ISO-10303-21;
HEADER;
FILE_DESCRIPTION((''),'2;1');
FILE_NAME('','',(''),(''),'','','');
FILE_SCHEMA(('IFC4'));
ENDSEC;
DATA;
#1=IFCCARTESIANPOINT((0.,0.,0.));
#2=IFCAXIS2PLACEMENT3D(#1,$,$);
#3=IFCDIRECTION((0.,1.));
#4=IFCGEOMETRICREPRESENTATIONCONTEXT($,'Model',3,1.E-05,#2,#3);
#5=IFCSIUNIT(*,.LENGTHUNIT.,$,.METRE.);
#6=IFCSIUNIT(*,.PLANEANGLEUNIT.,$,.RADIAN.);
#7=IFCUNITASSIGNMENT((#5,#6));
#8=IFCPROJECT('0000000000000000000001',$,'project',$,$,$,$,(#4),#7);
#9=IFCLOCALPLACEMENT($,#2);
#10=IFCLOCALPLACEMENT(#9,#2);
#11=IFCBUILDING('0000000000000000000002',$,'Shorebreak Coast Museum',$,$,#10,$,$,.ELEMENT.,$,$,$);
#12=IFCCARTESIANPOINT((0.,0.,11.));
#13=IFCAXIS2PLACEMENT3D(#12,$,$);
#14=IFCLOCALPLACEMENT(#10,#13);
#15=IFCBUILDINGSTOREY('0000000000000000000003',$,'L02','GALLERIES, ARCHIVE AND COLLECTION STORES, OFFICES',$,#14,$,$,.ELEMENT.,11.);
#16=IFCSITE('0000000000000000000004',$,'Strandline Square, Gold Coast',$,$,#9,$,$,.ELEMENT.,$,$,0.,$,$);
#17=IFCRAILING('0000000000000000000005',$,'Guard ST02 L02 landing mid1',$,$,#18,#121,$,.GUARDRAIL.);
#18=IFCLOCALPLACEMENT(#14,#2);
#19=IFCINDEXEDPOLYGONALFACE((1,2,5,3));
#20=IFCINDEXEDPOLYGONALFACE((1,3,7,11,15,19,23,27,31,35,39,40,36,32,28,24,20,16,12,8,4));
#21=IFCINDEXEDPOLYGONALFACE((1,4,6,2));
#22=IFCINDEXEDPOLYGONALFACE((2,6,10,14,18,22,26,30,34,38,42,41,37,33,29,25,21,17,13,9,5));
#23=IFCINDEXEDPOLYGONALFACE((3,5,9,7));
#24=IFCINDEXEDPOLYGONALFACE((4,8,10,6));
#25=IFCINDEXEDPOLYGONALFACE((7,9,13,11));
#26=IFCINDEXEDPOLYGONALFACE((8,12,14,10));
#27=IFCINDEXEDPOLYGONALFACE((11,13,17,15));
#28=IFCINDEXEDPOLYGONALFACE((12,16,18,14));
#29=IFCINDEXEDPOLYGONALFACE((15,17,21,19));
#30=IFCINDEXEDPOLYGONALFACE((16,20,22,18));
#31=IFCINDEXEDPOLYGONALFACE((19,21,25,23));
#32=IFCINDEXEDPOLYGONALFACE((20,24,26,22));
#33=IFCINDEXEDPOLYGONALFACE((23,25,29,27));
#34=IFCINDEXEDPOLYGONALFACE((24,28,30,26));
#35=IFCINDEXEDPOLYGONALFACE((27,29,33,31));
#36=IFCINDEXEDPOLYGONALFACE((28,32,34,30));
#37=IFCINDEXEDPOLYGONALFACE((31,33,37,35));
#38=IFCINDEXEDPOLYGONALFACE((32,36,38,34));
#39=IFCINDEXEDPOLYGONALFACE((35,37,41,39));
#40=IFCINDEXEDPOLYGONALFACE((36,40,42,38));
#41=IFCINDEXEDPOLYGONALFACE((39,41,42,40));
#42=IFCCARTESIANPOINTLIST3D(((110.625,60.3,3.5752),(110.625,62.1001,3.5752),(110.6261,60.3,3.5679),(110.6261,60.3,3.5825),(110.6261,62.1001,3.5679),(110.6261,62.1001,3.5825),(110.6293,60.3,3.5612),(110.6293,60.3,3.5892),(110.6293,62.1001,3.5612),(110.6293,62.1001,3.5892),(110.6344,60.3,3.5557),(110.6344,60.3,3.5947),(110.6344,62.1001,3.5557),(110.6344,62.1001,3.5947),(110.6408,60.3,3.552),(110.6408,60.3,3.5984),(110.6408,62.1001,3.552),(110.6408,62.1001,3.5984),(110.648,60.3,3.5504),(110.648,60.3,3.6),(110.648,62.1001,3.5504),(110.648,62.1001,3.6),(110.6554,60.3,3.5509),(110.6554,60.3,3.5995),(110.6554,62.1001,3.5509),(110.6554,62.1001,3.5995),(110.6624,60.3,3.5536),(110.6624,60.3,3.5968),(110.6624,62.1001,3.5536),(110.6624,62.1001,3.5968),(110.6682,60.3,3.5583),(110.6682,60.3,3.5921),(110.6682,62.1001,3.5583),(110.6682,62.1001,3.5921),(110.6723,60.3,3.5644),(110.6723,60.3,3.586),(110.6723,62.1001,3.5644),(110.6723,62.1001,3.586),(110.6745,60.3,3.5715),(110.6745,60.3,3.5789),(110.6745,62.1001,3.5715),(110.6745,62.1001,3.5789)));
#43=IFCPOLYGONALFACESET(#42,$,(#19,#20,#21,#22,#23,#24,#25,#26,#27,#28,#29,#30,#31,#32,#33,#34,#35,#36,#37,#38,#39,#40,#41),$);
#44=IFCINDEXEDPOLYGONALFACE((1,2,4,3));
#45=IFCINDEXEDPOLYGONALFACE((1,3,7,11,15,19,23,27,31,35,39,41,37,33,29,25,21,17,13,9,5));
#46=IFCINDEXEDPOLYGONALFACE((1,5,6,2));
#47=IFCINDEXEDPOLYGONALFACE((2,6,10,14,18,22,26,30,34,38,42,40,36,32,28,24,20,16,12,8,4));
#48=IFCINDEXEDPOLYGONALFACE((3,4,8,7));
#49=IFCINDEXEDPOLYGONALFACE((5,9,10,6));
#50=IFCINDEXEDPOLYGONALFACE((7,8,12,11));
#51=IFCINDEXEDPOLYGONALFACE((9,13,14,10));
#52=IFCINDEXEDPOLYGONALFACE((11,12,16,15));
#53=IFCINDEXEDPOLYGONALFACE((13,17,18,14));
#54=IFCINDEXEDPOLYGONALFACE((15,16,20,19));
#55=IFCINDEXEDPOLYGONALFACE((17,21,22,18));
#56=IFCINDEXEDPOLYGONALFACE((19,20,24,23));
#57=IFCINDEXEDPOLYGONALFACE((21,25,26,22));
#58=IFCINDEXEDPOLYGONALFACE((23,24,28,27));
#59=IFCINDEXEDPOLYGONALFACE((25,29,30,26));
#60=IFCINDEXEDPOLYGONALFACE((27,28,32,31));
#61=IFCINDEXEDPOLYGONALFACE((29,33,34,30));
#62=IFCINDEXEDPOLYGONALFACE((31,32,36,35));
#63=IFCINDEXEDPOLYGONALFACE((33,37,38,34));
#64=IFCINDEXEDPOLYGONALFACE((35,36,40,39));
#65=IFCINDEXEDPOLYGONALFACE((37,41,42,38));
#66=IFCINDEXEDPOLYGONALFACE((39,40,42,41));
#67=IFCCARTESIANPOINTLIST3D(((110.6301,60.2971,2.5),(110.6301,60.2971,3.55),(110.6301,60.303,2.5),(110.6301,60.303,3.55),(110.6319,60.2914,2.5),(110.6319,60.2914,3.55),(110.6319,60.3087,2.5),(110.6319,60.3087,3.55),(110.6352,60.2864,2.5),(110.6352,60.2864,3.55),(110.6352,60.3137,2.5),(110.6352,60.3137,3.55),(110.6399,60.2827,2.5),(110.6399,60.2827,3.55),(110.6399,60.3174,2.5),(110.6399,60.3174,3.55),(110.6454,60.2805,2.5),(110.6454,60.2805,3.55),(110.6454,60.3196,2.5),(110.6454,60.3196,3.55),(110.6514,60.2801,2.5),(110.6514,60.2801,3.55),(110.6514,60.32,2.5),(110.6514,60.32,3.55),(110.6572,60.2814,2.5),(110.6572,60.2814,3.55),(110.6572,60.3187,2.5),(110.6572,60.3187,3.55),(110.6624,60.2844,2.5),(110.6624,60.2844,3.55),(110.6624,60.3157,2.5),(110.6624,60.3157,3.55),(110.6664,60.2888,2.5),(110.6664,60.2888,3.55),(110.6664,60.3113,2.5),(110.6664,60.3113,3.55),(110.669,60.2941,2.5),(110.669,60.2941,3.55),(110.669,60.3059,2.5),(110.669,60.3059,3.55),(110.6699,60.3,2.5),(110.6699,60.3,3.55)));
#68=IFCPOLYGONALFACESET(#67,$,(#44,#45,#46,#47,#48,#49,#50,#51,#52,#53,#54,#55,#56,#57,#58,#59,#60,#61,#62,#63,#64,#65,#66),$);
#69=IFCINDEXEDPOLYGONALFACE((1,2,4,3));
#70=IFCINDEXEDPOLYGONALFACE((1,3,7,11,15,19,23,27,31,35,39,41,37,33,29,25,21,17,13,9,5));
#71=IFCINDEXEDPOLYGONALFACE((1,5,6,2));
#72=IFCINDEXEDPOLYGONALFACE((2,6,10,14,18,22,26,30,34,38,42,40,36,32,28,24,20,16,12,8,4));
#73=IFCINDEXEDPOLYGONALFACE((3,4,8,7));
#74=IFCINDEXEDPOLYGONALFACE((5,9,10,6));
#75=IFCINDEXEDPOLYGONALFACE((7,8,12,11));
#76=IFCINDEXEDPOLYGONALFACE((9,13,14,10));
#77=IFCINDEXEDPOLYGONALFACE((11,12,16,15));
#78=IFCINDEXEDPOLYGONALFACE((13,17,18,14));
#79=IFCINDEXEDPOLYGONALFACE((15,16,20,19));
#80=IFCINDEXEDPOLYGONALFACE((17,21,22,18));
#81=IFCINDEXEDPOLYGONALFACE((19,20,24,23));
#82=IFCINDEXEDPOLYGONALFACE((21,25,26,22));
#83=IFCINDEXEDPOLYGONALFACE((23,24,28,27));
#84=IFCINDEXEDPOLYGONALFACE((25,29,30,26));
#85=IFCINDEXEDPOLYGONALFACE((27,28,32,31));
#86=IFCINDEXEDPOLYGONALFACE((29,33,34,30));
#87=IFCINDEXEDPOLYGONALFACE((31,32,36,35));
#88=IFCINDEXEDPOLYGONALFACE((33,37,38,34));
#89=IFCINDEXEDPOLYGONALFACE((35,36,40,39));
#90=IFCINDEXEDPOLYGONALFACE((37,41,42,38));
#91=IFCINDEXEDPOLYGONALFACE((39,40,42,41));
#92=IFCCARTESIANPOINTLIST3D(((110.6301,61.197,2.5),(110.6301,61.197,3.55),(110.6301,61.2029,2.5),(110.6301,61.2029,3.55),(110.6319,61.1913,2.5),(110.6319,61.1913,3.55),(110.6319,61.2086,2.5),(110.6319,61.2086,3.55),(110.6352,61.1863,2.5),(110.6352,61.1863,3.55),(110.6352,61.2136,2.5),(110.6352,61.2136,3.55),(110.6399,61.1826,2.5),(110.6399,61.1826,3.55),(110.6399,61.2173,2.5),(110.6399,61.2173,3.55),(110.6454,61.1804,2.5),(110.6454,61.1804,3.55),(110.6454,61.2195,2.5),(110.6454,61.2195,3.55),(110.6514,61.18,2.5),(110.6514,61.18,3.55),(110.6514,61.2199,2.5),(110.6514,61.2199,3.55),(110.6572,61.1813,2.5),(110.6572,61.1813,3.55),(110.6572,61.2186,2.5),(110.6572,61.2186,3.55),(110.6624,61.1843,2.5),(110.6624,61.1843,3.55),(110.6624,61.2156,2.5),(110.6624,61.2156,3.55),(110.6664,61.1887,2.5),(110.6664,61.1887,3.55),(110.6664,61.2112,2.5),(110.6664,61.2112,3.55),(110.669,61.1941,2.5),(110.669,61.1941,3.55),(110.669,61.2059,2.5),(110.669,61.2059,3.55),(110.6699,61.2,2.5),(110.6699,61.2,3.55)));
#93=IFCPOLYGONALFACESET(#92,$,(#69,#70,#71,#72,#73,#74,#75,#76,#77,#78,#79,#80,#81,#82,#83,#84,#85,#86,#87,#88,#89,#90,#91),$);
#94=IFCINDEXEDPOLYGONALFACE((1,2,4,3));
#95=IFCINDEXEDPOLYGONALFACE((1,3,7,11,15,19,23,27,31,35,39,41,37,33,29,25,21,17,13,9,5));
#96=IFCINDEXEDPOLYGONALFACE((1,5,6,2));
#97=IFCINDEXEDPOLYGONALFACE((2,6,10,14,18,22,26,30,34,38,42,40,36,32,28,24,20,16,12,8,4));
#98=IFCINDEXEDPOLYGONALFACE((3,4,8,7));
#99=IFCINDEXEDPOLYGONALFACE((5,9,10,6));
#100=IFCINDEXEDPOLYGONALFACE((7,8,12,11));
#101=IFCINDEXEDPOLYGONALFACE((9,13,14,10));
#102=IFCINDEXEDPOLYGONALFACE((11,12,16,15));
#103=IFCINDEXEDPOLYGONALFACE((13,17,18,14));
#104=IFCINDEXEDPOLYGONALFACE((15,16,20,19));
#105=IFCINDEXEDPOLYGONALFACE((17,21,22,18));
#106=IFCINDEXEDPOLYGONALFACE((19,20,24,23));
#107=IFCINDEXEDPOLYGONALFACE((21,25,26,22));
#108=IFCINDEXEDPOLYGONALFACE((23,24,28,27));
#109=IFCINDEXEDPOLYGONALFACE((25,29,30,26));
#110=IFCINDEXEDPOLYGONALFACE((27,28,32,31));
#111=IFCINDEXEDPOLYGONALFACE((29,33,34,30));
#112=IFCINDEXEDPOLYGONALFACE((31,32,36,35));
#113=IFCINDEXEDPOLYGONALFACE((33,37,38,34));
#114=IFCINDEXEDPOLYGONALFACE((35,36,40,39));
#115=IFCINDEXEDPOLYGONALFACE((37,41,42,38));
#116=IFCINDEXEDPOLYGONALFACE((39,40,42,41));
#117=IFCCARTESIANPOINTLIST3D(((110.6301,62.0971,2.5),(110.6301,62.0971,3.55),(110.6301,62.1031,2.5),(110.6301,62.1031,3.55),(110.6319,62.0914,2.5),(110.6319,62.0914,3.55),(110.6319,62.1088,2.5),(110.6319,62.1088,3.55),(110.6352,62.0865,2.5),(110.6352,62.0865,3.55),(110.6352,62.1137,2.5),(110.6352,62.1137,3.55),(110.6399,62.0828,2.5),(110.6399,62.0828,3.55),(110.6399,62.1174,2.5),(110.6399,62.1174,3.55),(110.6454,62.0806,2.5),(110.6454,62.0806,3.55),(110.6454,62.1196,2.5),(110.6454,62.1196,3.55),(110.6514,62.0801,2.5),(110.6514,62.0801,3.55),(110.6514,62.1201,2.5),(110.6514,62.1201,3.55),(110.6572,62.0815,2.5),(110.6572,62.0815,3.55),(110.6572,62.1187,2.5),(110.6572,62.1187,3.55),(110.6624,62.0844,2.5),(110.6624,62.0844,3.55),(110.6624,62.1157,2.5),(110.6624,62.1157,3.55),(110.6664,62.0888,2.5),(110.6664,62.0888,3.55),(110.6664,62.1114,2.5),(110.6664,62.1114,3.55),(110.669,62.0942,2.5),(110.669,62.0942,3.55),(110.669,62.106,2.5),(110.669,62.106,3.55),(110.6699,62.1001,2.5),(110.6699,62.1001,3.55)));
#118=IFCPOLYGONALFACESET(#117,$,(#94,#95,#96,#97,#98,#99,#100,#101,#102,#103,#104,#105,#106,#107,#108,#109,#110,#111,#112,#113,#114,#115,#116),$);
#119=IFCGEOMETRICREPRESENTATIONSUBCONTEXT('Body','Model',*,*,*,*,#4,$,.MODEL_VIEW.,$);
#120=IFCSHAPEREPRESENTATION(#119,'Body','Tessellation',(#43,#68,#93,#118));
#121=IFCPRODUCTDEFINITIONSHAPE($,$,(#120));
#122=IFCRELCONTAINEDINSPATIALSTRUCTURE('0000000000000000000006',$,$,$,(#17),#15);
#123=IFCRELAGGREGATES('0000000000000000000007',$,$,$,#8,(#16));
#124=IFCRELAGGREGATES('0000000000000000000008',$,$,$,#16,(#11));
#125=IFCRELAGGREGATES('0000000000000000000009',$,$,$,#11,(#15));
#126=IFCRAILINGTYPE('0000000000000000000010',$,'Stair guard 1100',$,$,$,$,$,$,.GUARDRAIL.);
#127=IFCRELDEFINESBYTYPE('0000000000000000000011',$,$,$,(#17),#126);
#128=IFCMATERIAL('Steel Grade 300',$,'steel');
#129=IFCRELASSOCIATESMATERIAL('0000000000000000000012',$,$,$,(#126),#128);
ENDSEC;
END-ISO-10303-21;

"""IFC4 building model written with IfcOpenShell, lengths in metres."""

from ifc_helpers import new_model, si_unit, direction, frame, origin, origin_2d, place, context, subcontext, project, spatial, circle, extrude, material, type_object, element, save


model = new_model("IFC4")

# Units and contexts
model_context = context("Model", 3, precision=1e-05, world=origin(), true_north=direction((0.0, 1.0)))
body_context = subcontext(model_context, "Body", "Model", "MODEL_VIEW")
ifc_project = project(units=[si_unit("LENGTHUNIT", "METRE"), si_unit("PLANEANGLEUNIT", "RADIAN")], contexts=[model_context])

# Site, building, storey
site_placement = place(None, origin())
site = spatial("IfcSite", under=ifc_project, at=site_placement, Name="Strandline Square, Gold Coast", CompositionType="ELEMENT", RefElevation=0.0)
building_placement = place(site_placement, origin())
building = spatial("IfcBuilding", under=site, at=building_placement, Name="Shorebreak Coast Museum", CompositionType="ELEMENT")
storey_placement = place(building_placement, frame((0.0, 0.0, 11.0)))
storey = spatial("IfcBuildingStorey", under=building, at=storey_placement, Name="L02", Description="GALLERIES, ARCHIVE AND COLLECTION STORES, OFFICES", CompositionType="ELEMENT", Elevation=11.0)

# Railing
ifc_material_1 = material(Name="Steel Grade 300", Category="steel")
railing_type_1 = type_object("IfcRailingType", Name="Stair guard 1100", PredefinedType="GUARDRAIL", material=ifc_material_1)
railing_1_placement = place(storey_placement, frame((110.6499, 60.3, 2.5)))
element("IfcRailing", 1, at=railing_1_placement, inside=storey, type_object=railing_type_1, Name="Guard ST02 L02 landing mid1", PredefinedType="GUARDRAIL", context=body_context, shape_type="SweptSolid", body=[
    extrude(circle(Radius=0.0249, at=origin_2d()), frame((0.0, 0.0, 1.0752), z_axis=(0.0, 1.0, 0.0), x_axis=(-1.0, 0.0, 0.0)), (0.0, 0.0, 1.0), 1.8),
    extrude(circle(Radius=0.02, at=origin_2d()), origin(), (0.0, 0.0, 1.0), 1.05),
    extrude(circle(Radius=0.02, at=origin_2d()), frame((0.0, 0.8999, 0.0)), (0.0, 0.0, 1.0), 1.05),
    extrude(circle(Radius=0.02, at=origin_2d()), frame((0.0, 1.8, 0.0)), (0.0, 0.0, 1.0), 1.05),
])

save(model, "model.ifc")
